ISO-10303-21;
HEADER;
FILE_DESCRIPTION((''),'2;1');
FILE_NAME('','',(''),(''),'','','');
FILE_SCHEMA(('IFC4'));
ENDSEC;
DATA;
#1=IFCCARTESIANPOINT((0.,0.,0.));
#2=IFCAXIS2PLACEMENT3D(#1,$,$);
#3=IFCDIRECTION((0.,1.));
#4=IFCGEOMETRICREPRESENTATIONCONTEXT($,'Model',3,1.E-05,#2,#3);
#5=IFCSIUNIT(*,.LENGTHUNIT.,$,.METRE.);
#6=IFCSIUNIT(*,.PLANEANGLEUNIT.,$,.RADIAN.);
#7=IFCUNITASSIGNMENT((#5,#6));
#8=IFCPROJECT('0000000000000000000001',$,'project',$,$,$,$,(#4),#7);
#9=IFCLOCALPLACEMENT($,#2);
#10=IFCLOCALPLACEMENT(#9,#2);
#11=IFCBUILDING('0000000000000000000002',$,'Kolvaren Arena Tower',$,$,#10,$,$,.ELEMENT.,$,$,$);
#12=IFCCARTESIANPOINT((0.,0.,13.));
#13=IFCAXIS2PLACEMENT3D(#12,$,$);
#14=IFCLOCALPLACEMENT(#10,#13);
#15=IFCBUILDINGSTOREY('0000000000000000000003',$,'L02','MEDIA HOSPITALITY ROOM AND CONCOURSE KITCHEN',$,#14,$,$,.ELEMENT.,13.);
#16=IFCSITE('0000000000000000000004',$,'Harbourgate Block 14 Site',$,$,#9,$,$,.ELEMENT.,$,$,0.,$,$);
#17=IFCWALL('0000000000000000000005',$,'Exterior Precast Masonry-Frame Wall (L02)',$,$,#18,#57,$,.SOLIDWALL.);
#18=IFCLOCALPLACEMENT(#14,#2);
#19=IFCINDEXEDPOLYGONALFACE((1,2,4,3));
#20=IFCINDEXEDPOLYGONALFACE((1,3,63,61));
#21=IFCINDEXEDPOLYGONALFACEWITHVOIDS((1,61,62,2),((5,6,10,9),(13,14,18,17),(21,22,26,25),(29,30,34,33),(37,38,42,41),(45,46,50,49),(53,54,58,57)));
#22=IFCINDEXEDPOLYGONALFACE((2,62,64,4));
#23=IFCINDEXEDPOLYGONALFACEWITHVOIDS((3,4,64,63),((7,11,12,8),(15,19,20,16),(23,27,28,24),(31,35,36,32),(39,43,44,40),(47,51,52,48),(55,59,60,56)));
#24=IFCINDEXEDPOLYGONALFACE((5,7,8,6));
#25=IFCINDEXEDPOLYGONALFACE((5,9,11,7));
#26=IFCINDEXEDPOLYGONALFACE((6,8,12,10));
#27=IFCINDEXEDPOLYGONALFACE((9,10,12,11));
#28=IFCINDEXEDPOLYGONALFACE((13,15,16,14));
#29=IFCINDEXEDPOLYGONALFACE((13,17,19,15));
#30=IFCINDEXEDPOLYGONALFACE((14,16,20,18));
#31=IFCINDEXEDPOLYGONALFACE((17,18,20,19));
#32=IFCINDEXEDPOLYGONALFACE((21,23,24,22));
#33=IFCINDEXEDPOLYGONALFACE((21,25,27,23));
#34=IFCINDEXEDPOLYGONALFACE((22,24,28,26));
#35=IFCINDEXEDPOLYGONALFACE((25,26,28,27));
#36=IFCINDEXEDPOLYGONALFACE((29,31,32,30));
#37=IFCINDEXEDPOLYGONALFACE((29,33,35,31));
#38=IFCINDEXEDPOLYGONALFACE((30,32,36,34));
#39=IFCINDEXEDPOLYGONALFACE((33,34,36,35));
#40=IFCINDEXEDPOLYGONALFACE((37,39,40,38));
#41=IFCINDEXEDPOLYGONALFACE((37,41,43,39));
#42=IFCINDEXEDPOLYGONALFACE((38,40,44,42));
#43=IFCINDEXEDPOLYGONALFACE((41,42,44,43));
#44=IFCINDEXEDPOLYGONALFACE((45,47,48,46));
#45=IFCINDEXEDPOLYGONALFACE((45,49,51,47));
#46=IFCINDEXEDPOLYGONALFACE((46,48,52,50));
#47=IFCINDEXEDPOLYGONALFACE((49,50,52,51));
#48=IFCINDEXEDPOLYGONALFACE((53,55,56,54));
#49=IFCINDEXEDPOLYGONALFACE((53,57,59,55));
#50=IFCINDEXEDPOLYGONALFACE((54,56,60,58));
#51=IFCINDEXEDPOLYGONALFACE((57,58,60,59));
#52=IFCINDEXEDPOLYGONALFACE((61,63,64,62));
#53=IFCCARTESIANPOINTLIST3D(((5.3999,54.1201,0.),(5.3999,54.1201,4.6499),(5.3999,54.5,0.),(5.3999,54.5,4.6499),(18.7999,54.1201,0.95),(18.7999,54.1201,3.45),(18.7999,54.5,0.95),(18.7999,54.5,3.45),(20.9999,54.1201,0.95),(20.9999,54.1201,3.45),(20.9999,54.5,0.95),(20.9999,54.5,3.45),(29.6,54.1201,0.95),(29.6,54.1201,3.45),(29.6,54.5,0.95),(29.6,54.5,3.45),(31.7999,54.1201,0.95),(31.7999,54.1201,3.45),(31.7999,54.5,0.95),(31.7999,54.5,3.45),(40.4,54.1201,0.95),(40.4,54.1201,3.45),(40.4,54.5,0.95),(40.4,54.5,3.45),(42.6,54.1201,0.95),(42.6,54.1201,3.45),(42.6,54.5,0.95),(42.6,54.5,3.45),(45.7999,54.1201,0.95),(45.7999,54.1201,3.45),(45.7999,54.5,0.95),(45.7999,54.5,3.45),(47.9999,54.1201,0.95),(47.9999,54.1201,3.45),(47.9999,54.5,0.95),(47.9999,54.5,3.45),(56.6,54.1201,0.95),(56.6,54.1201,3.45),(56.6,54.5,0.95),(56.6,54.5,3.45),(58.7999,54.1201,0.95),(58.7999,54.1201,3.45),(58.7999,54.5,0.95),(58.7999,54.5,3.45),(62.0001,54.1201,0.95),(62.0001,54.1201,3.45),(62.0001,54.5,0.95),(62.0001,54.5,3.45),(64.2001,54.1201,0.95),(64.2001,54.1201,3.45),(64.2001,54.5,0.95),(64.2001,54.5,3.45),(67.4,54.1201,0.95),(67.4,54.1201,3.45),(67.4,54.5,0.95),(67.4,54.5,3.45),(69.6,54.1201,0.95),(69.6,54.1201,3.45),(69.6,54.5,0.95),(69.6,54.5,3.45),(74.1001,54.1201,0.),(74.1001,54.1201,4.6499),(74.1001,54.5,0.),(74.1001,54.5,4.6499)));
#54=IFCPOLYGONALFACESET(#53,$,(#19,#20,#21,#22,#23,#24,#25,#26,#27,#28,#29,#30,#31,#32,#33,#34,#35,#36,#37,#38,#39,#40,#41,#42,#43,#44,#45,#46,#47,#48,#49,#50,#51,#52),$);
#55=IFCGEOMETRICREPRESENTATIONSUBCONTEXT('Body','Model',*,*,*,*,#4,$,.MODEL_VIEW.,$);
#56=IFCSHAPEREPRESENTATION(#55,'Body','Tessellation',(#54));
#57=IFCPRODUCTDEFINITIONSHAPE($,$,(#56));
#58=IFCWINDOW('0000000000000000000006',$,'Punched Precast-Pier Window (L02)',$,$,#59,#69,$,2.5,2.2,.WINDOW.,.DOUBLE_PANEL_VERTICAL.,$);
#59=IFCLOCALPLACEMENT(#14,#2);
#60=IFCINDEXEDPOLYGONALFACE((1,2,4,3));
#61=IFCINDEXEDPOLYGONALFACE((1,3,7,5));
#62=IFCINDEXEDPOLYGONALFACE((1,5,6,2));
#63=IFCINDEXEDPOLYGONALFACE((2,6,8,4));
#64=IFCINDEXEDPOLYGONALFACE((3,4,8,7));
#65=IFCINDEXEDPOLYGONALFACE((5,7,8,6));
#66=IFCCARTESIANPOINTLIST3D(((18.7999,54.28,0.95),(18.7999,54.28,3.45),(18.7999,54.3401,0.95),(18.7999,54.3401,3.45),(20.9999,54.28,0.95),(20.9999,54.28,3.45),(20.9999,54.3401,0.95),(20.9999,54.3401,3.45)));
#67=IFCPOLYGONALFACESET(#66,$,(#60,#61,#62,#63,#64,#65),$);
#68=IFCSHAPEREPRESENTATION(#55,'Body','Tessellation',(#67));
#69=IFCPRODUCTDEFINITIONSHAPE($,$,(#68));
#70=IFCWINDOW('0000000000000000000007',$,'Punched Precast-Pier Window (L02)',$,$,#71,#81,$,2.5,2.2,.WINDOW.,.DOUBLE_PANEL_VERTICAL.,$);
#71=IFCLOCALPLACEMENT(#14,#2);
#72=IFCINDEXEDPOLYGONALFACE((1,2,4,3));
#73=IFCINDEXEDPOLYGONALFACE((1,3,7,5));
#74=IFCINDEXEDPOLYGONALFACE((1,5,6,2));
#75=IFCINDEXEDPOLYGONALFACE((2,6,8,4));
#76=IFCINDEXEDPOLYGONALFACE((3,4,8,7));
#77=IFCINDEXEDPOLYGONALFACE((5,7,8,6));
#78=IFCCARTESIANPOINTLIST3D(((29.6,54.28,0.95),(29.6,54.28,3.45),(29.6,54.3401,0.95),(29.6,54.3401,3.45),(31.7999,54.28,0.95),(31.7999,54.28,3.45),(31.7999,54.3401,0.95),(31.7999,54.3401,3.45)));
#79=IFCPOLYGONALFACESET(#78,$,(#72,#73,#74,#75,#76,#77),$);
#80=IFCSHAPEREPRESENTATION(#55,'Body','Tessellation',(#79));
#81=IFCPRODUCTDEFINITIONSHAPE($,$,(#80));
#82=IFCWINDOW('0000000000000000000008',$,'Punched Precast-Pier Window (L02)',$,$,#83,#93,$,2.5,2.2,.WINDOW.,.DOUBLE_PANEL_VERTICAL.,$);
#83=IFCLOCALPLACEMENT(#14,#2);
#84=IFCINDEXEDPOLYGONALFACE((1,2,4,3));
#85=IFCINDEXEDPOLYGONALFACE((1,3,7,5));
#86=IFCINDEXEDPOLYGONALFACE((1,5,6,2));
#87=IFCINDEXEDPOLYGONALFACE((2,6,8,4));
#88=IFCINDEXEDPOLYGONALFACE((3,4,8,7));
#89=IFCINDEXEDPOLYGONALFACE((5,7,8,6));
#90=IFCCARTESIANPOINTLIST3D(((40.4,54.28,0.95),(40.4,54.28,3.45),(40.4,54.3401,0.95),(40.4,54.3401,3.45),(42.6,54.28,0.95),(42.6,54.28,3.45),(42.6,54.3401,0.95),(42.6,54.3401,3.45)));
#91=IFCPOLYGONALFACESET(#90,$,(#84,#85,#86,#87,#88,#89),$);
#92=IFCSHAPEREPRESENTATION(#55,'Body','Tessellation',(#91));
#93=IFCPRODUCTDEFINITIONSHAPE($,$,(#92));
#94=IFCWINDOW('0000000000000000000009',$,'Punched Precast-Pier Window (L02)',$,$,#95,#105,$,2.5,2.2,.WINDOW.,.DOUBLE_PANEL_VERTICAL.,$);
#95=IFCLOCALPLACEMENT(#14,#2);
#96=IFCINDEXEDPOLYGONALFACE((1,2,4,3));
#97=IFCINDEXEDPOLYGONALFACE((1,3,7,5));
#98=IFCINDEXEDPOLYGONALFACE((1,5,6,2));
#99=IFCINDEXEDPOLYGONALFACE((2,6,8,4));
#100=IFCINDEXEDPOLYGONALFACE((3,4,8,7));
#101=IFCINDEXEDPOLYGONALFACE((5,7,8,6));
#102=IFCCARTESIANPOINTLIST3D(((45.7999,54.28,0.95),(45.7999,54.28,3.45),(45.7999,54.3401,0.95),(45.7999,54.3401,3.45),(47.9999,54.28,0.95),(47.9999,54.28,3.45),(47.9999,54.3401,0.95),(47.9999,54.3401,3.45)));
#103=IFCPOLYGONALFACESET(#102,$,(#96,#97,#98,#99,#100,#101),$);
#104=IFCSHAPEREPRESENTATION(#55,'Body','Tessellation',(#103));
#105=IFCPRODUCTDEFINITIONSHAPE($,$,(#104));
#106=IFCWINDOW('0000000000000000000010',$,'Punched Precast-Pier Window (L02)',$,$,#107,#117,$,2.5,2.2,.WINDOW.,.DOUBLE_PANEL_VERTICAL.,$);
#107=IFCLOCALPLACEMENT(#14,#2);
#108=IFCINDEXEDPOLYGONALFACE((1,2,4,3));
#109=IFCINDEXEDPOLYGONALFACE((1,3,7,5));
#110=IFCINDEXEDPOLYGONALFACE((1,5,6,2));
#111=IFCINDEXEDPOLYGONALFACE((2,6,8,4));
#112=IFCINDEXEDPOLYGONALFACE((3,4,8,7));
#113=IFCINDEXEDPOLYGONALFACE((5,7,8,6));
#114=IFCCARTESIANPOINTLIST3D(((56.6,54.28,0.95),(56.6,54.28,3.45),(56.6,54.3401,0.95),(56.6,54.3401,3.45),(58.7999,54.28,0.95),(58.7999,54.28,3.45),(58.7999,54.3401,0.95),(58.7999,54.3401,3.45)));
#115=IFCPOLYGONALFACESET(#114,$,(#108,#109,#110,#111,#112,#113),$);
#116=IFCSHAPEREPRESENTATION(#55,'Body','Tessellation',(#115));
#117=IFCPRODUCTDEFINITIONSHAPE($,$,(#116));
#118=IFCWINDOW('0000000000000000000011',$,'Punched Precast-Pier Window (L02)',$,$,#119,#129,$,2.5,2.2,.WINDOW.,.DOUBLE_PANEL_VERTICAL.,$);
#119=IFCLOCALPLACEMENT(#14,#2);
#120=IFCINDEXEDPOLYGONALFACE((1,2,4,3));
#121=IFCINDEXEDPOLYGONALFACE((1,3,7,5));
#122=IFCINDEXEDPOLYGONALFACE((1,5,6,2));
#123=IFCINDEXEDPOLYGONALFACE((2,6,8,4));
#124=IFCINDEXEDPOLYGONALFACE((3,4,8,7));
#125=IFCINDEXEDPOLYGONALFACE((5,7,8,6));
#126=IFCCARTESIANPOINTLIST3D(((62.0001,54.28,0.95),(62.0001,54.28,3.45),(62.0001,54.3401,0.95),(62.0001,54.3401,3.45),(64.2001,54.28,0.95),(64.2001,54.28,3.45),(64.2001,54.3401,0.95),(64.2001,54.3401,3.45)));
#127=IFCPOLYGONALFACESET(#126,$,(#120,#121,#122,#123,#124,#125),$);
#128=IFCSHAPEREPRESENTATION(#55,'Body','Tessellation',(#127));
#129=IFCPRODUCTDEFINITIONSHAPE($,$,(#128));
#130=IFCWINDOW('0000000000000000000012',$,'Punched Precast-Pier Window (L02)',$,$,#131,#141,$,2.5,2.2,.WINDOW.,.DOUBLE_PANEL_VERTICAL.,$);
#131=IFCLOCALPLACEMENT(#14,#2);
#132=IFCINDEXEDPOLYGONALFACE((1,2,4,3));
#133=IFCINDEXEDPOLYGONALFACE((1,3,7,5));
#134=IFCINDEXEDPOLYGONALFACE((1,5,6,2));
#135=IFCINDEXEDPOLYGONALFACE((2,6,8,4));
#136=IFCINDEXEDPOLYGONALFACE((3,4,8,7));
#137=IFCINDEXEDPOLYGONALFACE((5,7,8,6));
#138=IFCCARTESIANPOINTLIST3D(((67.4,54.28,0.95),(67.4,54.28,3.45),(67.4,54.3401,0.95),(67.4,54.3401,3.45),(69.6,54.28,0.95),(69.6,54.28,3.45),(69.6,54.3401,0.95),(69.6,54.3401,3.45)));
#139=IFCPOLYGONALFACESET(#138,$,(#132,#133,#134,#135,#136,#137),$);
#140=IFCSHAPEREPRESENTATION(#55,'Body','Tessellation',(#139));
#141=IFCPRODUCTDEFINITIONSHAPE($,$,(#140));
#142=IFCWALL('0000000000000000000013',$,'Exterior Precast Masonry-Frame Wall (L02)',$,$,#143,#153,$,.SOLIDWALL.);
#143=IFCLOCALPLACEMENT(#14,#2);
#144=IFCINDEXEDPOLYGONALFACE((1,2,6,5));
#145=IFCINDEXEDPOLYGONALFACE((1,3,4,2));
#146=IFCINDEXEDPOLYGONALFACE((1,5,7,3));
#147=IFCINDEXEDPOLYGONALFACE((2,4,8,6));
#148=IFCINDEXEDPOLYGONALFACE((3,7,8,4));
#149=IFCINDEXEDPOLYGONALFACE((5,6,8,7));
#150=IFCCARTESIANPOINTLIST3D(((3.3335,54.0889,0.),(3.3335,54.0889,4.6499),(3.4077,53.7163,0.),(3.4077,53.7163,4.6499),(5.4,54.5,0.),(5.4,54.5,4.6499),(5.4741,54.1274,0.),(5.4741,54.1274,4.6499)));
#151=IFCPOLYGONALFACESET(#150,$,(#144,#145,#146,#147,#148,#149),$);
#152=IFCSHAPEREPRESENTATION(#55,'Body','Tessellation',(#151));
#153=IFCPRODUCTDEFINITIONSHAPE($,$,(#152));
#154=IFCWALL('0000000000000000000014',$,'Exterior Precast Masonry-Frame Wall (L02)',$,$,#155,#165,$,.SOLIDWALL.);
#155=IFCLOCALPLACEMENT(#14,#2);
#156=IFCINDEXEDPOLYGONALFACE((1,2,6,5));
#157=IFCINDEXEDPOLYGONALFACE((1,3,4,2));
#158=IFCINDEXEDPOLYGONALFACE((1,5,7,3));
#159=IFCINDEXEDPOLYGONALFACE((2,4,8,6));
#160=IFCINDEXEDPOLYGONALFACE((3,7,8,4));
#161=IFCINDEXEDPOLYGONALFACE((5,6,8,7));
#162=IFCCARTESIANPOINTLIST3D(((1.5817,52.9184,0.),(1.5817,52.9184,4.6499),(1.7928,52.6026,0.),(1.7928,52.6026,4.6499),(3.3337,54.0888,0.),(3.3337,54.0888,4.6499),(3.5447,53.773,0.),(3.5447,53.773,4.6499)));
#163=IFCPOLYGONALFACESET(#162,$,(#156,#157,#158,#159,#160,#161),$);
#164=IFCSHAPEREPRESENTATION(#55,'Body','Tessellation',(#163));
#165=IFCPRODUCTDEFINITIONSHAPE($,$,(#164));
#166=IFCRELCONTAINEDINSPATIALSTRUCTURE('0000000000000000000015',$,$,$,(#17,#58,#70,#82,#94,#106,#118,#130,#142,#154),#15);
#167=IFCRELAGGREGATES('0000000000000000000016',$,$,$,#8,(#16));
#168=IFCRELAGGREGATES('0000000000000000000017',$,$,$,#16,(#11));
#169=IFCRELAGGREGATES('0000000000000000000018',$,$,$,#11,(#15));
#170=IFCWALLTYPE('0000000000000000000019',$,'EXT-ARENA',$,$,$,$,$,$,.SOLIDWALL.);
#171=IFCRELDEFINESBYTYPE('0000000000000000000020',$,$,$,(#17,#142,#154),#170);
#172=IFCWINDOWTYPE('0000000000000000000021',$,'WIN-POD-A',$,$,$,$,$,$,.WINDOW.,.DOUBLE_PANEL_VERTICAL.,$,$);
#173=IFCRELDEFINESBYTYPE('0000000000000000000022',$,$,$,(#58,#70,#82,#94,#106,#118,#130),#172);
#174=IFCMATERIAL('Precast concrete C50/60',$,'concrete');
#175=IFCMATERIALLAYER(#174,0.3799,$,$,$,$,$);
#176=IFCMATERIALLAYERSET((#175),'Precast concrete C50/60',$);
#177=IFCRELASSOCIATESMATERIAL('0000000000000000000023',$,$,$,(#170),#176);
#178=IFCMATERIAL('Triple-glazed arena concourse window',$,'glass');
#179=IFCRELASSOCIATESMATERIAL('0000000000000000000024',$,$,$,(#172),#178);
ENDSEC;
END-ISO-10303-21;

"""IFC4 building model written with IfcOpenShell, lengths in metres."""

from ifc_helpers import new_model, si_unit, direction, frame, frame_2d, origin, place, context, subcontext, project, spatial, rectangle, extrude, material, layer, layer_set, type_object, element, fill, save


model = new_model("IFC4")

# Units and contexts
model_context = context("Model", 3, precision=1e-05, world=origin(), true_north=direction((0.0, 1.0)))
body_context = subcontext(model_context, "Body", "Model", "MODEL_VIEW")
ifc_project = project(units=[si_unit("LENGTHUNIT", "METRE"), si_unit("PLANEANGLEUNIT", "RADIAN")], contexts=[model_context])

# Site, building, storey
site_placement = place(None, origin())
site = spatial("IfcSite", under=ifc_project, at=site_placement, Name="Harbourgate Block 14 Site", CompositionType="ELEMENT", RefElevation=0.0)
building_placement = place(site_placement, origin())
building = spatial("IfcBuilding", under=site, at=building_placement, Name="Kolvaren Arena Tower", CompositionType="ELEMENT")
storey_placement = place(building_placement, frame((0.0, 0.0, 13.0)))
storey = spatial("IfcBuildingStorey", under=building, at=storey_placement, Name="L02", Description="MEDIA HOSPITALITY ROOM AND CONCOURSE KITCHEN", CompositionType="ELEMENT", Elevation=13.0)

# Wall, openings, windows
ifc_material_1 = material(Name="Precast concrete C50/60", Category="concrete")
ifc_layer = layer(ifc_material_1, 0.3799)
ifc_layer_set = layer_set([ifc_layer], Name="Precast concrete C50/60")
wall_type = type_object("IfcWallType", Name="EXT-ARENA", PredefinedType="SOLIDWALL", material=ifc_layer_set)
wall_placement = place(storey_placement, frame((5.3999, 54.3101, 0.0), z_axis=(0.0, 0.0, 1.0), x_axis=(1.0, 0.0, 0.0)))
wall = element("IfcWall", 1, at=wall_placement, inside=storey, type_object=wall_type, Name="Exterior Precast Masonry-Frame Wall (L02)", PredefinedType="SOLIDWALL", context=body_context, shape_type="SweptSolid", body=[
    extrude(rectangle(XDim=68.7002, YDim=0.3799, at=frame_2d((34.3501, 0.0))), origin(), (0.0, 0.0, 1.0), 4.6499),
])
opening_1_placement = place(wall_placement, frame((13.3999, 0.0, 0.95)))
opening_1 = element("IfcOpeningElement", 2, at=opening_1_placement, cuts=wall, PredefinedType="OPENING", context=body_context, shape_type="SweptSolid", body=[
    extrude(rectangle(XDim=2.2, YDim=2.5, at=frame_2d((1.1001, 1.25))), frame((0.0, 0.2, 0.0), z_axis=(0.0, -1.0, 0.0), x_axis=(1.0, 0.0, 0.0)), (0.0, 0.0, 1.0), 0.3999),
])
opening_2_placement = place(wall_placement, frame((24.2, 0.0, 0.95)))
opening_2 = element("IfcOpeningElement", 3, at=opening_2_placement, cuts=wall, PredefinedType="OPENING", context=body_context, shape_type="SweptSolid", body=[
    extrude(rectangle(XDim=2.2, YDim=2.5, at=frame_2d((1.1001, 1.25))), frame((0.0, 0.2, 0.0), z_axis=(0.0, -1.0, 0.0), x_axis=(1.0, 0.0, 0.0)), (0.0, 0.0, 1.0), 0.3999),
])
opening_3_placement = place(wall_placement, frame((35.0, 0.0, 0.95)))
opening_3 = element("IfcOpeningElement", 4, at=opening_3_placement, cuts=wall, PredefinedType="OPENING", context=body_context, shape_type="SweptSolid", body=[
    extrude(rectangle(XDim=2.2, YDim=2.5, at=frame_2d((1.1001, 1.25))), frame((0.0, 0.2, 0.0), z_axis=(0.0, -1.0, 0.0), x_axis=(1.0, 0.0, 0.0)), (0.0, 0.0, 1.0), 0.3999),
])
opening_4_placement = place(wall_placement, frame((40.3999, 0.0, 0.95)))
opening_4 = element("IfcOpeningElement", 5, at=opening_4_placement, cuts=wall, PredefinedType="OPENING", context=body_context, shape_type="SweptSolid", body=[
    extrude(rectangle(XDim=2.2, YDim=2.5, at=frame_2d((1.1001, 1.25))), frame((0.0, 0.2, 0.0), z_axis=(0.0, -1.0, 0.0), x_axis=(1.0, 0.0, 0.0)), (0.0, 0.0, 1.0), 0.3999),
])
opening_5_placement = place(wall_placement, frame((51.2, 0.0, 0.95)))
opening_5 = element("IfcOpeningElement", 6, at=opening_5_placement, cuts=wall, PredefinedType="OPENING", context=body_context, shape_type="SweptSolid", body=[
    extrude(rectangle(XDim=2.2, YDim=2.5, at=frame_2d((1.1001, 1.25))), frame((0.0, 0.2, 0.0), z_axis=(0.0, -1.0, 0.0), x_axis=(1.0, 0.0, 0.0)), (0.0, 0.0, 1.0), 0.3999),
])
opening_6_placement = place(wall_placement, frame((56.6001, 0.0, 0.95)))
opening_6 = element("IfcOpeningElement", 7, at=opening_6_placement, cuts=wall, PredefinedType="OPENING", context=body_context, shape_type="SweptSolid", body=[
    extrude(rectangle(XDim=2.2, YDim=2.5, at=frame_2d((1.1001, 1.25))), frame((0.0, 0.2, 0.0), z_axis=(0.0, -1.0, 0.0), x_axis=(1.0, 0.0, 0.0)), (0.0, 0.0, 1.0), 0.3999),
])
opening_7_placement = place(wall_placement, frame((62.0, 0.0, 0.95)))
opening_7 = element("IfcOpeningElement", 8, at=opening_7_placement, cuts=wall, PredefinedType="OPENING", context=body_context, shape_type="SweptSolid", body=[
    extrude(rectangle(XDim=2.2, YDim=2.5, at=frame_2d((1.1001, 1.25))), frame((0.0, 0.2, 0.0), z_axis=(0.0, -1.0, 0.0), x_axis=(1.0, 0.0, 0.0)), (0.0, 0.0, 1.0), 0.3999),
])
ifc_material_2 = material(Name="Triple-glazed arena concourse window", Category="glass")
window_type = type_object("IfcWindowType", Name="WIN-POD-A", PartitioningType="DOUBLE_PANEL_VERTICAL", PredefinedType="WINDOW", material=ifc_material_2)
window_1_placement = place(opening_1_placement, origin())
window_1 = element("IfcWindow", 9, at=window_1_placement, inside=storey, type_object=window_type, Name="Punched Precast-Pier Window (L02)", OverallHeight=2.5, OverallWidth=2.2, PartitioningType="DOUBLE_PANEL_VERTICAL", PredefinedType="WINDOW", context=body_context, shape_type="SweptSolid", body=[
    extrude(rectangle(XDim=2.2, YDim=2.5, at=frame_2d((1.1001, 1.25))), frame((0.0, 0.03, 0.0), z_axis=(0.0, -1.0, 0.0), x_axis=(1.0, 0.0, 0.0)), (0.0, 0.0, 1.0), 0.0601),
])
fill(opening_1, window_1)
window_2_placement = place(opening_2_placement, origin())
window_2 = element("IfcWindow", 10, at=window_2_placement, inside=storey, type_object=window_type, Name="Punched Precast-Pier Window (L02)", OverallHeight=2.5, OverallWidth=2.2, PartitioningType="DOUBLE_PANEL_VERTICAL", PredefinedType="WINDOW", context=body_context, shape_type="SweptSolid", body=[
    extrude(rectangle(XDim=2.2, YDim=2.5, at=frame_2d((1.1001, 1.25))), frame((0.0, 0.03, 0.0), z_axis=(0.0, -1.0, 0.0), x_axis=(1.0, 0.0, 0.0)), (0.0, 0.0, 1.0), 0.0601),
])
fill(opening_2, window_2)
window_3_placement = place(opening_3_placement, origin())
window_3 = element("IfcWindow", 11, at=window_3_placement, inside=storey, type_object=window_type, Name="Punched Precast-Pier Window (L02)", OverallHeight=2.5, OverallWidth=2.2, PartitioningType="DOUBLE_PANEL_VERTICAL", PredefinedType="WINDOW", context=body_context, shape_type="SweptSolid", body=[
    extrude(rectangle(XDim=2.2, YDim=2.5, at=frame_2d((1.1001, 1.25))), frame((0.0, 0.03, 0.0), z_axis=(0.0, -1.0, 0.0), x_axis=(1.0, 0.0, 0.0)), (0.0, 0.0, 1.0), 0.0601),
])
fill(opening_3, window_3)
window_4_placement = place(opening_4_placement, origin())
window_4 = element("IfcWindow", 12, at=window_4_placement, inside=storey, type_object=window_type, Name="Punched Precast-Pier Window (L02)", OverallHeight=2.5, OverallWidth=2.2, PartitioningType="DOUBLE_PANEL_VERTICAL", PredefinedType="WINDOW", context=body_context, shape_type="SweptSolid", body=[
    extrude(rectangle(XDim=2.2, YDim=2.5, at=frame_2d((1.1001, 1.25))), frame((0.0, 0.03, 0.0), z_axis=(0.0, -1.0, 0.0), x_axis=(1.0, 0.0, 0.0)), (0.0, 0.0, 1.0), 0.0601),
])
fill(opening_4, window_4)
window_5_placement = place(opening_5_placement, origin())
window_5 = element("IfcWindow", 13, at=window_5_placement, inside=storey, type_object=window_type, Name="Punched Precast-Pier Window (L02)", OverallHeight=2.5, OverallWidth=2.2, PartitioningType="DOUBLE_PANEL_VERTICAL", PredefinedType="WINDOW", context=body_context, shape_type="SweptSolid", body=[
    extrude(rectangle(XDim=2.2, YDim=2.5, at=frame_2d((1.1001, 1.25))), frame((0.0, 0.03, 0.0), z_axis=(0.0, -1.0, 0.0), x_axis=(1.0, 0.0, 0.0)), (0.0, 0.0, 1.0), 0.0601),
])
fill(opening_5, window_5)
window_6_placement = place(opening_6_placement, origin())
window_6 = element("IfcWindow", 14, at=window_6_placement, inside=storey, type_object=window_type, Name="Punched Precast-Pier Window (L02)", OverallHeight=2.5, OverallWidth=2.2, PartitioningType="DOUBLE_PANEL_VERTICAL", PredefinedType="WINDOW", context=body_context, shape_type="SweptSolid", body=[
    extrude(rectangle(XDim=2.2, YDim=2.5, at=frame_2d((1.1001, 1.25))), frame((0.0, 0.03, 0.0), z_axis=(0.0, -1.0, 0.0), x_axis=(1.0, 0.0, 0.0)), (0.0, 0.0, 1.0), 0.0601),
])
fill(opening_6, window_6)
window_7_placement = place(opening_7_placement, origin())
window_7 = element("IfcWindow", 15, at=window_7_placement, inside=storey, type_object=window_type, Name="Punched Precast-Pier Window (L02)", OverallHeight=2.5, OverallWidth=2.2, PartitioningType="DOUBLE_PANEL_VERTICAL", PredefinedType="WINDOW", context=body_context, shape_type="SweptSolid", body=[
    extrude(rectangle(XDim=2.2, YDim=2.5, at=frame_2d((1.1001, 1.25))), frame((0.0, 0.03, 0.0), z_axis=(0.0, -1.0, 0.0), x_axis=(1.0, 0.0, 0.0)), (0.0, 0.0, 1.0), 0.0601),
])
fill(opening_7, window_7)

# Walls
for number, where, z_axis, x_axis, name in (
    (16, (3.3706, 53.9026, 0.0), (0.0, 0.0, 1.0), (0.980776, 0.195136, 0.0), "Exterior Precast Masonry-Frame Wall (L02)"),
    (17, (1.6873, 52.7605, 0.0), (0.0, 0.0, 1.0), (0.831515, 0.555502, 0.0), "Exterior Precast Masonry-Frame Wall (L02)"),
):
    element("IfcWall", number, at=place(storey_placement, frame(where, z_axis=z_axis, x_axis=x_axis)), inside=storey, type_object=wall_type, Name=name, PredefinedType="SOLIDWALL", context=body_context, shape_type="SweptSolid", body=[
        extrude(rectangle(XDim=2.1069, YDim=0.3799, at=frame_2d((1.0535, 0.0))), origin(), (0.0, 0.0, 1.0), 4.6499),
    ])

save(model, "model.ifc")
